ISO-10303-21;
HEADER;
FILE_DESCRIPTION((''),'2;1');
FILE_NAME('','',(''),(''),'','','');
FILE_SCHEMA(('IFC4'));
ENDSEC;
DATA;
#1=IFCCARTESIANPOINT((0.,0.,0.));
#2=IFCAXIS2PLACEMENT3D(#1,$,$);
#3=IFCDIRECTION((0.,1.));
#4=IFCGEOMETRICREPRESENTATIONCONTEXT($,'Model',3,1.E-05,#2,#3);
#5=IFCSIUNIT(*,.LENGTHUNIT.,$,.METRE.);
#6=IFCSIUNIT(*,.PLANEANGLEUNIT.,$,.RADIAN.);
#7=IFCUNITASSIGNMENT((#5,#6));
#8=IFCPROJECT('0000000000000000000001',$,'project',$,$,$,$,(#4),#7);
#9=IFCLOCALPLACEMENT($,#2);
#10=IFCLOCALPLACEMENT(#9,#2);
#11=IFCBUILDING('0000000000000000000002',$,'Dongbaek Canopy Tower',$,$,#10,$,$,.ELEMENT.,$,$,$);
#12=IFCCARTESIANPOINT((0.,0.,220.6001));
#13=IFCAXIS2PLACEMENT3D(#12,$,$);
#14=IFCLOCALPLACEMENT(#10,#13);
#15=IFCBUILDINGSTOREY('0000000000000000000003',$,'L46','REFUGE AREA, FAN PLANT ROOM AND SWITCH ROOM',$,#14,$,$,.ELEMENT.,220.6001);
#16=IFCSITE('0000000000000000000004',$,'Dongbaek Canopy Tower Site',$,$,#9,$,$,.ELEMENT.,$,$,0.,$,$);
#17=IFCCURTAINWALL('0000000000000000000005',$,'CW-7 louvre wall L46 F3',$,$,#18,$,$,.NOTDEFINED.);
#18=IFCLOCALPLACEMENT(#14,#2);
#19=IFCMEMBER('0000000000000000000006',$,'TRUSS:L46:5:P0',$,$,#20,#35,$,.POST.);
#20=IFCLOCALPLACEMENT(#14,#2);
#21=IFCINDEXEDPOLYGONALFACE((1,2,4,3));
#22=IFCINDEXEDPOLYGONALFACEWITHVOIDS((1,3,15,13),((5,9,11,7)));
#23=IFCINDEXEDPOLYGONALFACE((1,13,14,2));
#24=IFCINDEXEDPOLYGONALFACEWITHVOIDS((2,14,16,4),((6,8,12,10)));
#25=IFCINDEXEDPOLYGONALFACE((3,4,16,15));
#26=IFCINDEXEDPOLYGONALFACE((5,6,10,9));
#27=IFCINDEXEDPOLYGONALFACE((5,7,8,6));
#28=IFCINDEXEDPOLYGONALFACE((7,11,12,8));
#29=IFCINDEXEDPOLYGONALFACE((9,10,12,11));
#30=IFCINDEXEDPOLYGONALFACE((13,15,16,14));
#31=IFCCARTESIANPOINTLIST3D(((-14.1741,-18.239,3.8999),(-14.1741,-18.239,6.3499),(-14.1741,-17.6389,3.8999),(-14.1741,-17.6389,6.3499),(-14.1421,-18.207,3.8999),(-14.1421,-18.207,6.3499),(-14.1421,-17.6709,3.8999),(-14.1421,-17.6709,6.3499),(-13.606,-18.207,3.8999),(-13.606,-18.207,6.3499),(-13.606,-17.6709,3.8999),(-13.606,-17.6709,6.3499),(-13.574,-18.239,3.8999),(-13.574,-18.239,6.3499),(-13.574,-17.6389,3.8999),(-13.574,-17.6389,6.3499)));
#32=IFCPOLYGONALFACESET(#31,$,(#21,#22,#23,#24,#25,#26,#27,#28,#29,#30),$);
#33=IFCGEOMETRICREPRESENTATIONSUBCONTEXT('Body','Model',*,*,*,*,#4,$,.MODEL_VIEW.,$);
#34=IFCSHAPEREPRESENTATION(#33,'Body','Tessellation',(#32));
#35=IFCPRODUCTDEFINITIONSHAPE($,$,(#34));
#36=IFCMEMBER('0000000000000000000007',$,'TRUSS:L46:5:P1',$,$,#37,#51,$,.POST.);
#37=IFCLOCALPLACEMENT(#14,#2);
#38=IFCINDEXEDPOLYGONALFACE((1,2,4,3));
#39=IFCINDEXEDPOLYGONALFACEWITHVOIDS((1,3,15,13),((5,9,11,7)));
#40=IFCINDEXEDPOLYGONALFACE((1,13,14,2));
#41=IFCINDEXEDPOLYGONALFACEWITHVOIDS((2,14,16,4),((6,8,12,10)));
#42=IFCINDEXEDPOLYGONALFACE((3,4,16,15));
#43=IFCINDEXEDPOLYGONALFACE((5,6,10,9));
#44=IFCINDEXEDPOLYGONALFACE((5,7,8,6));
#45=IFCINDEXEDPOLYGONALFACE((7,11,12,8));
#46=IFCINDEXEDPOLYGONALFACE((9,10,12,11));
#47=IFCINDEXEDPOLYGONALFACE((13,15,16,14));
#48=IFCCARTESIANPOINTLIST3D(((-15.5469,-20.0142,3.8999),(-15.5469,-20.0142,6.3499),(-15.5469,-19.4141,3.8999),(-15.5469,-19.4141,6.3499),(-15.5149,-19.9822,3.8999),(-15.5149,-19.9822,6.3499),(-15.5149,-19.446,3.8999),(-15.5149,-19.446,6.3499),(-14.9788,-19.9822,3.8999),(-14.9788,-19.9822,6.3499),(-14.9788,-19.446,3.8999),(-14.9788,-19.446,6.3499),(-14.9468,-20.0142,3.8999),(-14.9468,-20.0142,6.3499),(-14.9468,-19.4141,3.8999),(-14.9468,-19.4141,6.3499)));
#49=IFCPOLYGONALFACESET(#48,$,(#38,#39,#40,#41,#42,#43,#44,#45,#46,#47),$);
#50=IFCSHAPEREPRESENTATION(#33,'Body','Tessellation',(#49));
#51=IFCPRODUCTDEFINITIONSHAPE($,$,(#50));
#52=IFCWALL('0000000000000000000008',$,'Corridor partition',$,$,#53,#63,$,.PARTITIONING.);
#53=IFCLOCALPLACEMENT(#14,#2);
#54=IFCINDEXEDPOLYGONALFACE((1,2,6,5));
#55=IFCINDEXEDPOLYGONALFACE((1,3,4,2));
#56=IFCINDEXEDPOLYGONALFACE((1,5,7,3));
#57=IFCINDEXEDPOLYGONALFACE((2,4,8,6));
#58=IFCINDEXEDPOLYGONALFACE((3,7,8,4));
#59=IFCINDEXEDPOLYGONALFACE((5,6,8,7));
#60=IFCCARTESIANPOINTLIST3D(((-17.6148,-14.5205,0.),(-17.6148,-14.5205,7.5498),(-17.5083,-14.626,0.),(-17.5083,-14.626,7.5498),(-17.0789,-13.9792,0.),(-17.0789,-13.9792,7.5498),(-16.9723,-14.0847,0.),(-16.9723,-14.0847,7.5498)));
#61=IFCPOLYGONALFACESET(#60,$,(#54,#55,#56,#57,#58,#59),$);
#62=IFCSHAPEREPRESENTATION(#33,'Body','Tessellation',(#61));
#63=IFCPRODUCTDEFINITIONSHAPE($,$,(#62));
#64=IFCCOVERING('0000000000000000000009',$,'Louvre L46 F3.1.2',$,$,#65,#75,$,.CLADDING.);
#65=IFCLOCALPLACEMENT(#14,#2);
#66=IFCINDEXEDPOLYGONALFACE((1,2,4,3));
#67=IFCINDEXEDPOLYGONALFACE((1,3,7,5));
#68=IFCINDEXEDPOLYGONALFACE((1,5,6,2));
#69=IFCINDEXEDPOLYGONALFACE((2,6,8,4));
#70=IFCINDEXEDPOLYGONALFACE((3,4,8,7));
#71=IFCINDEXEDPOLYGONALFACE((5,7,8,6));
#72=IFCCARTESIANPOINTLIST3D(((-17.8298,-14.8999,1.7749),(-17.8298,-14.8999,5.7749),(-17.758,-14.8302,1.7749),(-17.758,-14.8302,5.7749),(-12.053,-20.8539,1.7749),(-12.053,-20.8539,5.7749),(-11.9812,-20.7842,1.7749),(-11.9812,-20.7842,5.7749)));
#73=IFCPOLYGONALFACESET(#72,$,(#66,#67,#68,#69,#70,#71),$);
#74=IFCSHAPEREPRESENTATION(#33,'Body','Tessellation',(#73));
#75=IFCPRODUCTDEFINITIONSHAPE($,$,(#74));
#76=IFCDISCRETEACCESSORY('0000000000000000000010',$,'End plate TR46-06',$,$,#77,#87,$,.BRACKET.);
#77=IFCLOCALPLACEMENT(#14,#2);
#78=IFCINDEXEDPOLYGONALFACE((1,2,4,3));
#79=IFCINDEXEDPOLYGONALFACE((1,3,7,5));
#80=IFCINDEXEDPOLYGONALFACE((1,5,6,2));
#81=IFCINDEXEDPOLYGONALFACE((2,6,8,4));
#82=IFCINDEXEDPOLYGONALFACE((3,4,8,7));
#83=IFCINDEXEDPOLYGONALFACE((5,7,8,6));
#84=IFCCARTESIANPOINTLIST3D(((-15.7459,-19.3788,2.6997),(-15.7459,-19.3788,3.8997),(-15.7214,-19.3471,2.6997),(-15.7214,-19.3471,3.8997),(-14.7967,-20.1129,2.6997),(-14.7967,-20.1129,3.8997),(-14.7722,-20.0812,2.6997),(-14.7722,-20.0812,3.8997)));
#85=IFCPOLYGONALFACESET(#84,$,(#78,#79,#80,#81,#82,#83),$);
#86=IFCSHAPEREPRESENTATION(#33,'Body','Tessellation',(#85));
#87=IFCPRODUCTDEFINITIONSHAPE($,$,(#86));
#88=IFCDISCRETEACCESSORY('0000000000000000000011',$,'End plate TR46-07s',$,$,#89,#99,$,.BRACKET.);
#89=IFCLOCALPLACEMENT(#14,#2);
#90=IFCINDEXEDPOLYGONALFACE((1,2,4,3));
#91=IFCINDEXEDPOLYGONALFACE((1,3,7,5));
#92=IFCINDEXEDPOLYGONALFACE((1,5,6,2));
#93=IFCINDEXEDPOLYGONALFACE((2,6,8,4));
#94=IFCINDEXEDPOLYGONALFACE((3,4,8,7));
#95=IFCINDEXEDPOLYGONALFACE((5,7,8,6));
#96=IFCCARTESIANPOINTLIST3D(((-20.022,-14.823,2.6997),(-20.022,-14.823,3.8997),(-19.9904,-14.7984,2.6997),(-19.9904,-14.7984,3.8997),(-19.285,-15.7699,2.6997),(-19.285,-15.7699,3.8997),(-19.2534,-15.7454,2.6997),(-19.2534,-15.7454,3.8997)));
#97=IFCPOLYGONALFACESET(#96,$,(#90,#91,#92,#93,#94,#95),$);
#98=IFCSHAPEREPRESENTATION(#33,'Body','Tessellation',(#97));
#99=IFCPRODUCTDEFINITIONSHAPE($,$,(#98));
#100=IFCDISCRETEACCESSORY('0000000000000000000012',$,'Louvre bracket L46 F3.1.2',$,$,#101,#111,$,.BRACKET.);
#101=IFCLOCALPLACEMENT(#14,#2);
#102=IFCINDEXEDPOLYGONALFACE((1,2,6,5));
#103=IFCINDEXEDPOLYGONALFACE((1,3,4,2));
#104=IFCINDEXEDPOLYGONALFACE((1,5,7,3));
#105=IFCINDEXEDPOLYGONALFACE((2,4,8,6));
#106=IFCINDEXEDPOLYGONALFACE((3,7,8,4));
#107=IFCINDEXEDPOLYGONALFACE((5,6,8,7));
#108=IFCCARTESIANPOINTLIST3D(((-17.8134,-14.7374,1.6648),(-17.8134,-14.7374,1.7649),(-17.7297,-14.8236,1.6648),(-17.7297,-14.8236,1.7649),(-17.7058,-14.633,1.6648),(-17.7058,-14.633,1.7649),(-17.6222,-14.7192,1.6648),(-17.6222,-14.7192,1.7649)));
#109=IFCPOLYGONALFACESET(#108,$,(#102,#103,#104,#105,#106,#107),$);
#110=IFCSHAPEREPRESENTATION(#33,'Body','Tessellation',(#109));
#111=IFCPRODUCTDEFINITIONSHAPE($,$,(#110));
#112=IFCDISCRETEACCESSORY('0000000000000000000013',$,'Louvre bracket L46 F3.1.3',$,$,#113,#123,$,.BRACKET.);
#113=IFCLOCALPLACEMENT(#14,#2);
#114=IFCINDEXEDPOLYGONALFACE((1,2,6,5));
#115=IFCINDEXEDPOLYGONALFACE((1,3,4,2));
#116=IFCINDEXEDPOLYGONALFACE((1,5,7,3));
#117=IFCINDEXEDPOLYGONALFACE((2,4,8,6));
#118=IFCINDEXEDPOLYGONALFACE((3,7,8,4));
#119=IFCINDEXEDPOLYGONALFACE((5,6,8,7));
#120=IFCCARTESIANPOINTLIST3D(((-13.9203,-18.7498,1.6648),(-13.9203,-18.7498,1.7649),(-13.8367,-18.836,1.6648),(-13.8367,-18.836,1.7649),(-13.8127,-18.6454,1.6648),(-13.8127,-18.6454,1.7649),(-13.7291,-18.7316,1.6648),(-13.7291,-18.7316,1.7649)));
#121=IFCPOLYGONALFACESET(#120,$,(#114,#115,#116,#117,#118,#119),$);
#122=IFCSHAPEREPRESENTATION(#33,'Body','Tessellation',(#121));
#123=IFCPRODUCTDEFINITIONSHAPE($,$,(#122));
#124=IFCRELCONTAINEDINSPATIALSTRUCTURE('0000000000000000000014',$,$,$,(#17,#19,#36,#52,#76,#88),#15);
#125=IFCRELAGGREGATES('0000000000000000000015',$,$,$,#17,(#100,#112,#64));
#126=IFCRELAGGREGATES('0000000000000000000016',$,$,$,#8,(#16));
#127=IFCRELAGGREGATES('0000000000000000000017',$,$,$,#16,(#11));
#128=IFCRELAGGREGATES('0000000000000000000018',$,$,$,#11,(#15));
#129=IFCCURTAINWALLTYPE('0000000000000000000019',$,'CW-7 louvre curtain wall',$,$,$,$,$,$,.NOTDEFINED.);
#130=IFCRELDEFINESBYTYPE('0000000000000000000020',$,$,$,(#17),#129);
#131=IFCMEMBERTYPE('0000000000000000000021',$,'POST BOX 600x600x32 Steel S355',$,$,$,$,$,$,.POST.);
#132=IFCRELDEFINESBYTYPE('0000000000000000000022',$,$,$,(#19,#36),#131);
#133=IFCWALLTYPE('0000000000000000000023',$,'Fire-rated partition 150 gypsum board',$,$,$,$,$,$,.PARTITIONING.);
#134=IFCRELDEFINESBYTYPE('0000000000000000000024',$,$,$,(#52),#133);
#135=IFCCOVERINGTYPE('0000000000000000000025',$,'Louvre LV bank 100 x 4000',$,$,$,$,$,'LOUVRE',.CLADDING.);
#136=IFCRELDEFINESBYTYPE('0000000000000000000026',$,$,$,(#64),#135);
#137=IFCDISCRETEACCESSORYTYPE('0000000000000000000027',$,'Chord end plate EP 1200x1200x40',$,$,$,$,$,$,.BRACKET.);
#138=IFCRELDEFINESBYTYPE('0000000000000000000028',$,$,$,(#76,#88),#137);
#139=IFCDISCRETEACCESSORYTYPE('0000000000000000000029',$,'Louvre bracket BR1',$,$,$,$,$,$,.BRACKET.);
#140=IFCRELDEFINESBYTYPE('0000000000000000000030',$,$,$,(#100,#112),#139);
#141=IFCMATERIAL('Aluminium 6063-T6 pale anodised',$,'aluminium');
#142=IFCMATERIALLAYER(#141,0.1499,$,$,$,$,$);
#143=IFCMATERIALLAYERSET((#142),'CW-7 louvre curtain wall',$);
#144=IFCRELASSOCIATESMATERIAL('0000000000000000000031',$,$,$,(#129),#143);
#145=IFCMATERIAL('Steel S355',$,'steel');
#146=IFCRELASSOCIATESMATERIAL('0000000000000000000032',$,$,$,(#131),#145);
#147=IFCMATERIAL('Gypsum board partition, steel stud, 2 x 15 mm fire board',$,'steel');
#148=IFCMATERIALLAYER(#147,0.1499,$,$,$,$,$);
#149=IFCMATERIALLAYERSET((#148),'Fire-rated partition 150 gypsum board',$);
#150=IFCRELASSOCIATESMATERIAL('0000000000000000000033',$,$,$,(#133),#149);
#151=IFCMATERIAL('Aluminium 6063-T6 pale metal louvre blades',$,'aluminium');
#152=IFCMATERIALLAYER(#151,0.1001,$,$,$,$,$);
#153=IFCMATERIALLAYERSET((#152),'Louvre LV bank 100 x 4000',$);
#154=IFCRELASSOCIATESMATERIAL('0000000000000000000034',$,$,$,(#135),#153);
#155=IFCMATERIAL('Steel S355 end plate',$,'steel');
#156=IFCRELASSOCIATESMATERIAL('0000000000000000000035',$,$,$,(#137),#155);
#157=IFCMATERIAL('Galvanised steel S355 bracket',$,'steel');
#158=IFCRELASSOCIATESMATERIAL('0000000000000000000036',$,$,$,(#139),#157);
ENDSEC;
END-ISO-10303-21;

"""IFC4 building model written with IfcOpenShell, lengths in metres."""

from ifc_helpers import new_model, si_unit, direction, frame, frame_2d, origin, origin_2d, place, context, subcontext, project, spatial, rectangle, hollow_rectangle, extrude, material, layer, layer_set, material_profile, profile_set, type_object, element, aggregate, save


model = new_model("IFC4")

# Units and contexts
model_context = context("Model", 3, precision=1e-05, world=origin(), true_north=direction((0.0, 1.0)))
body_context = subcontext(model_context, "Body", "Model", "MODEL_VIEW")
ifc_project = project(units=[si_unit("LENGTHUNIT", "METRE"), si_unit("PLANEANGLEUNIT", "RADIAN")], contexts=[model_context])

# Site, building, storey
site_placement = place(None, origin())
site = spatial("IfcSite", under=ifc_project, at=site_placement, Name="Dongbaek Canopy Tower Site", CompositionType="ELEMENT", RefElevation=0.0)
building_placement = place(site_placement, origin())
building = spatial("IfcBuilding", under=site, at=building_placement, Name="Dongbaek Canopy Tower", CompositionType="ELEMENT")
storey_placement = place(building_placement, frame((0.0, 0.0, 220.6001)))
storey = spatial("IfcBuildingStorey", under=building, at=storey_placement, Name="L46", Description="REFUGE AREA, FAN PLANT ROOM AND SWITCH ROOM", CompositionType="ELEMENT", Elevation=220.6001)

# Curtain wall
ifc_material_1 = material(Name="Aluminium 6063-T6 pale anodised", Category="aluminium")
ifc_layer_1 = layer(ifc_material_1, 0.1499)
ifc_layer_set_1 = layer_set([ifc_layer_1], Name="CW-7 louvre curtain wall")
curtain_wall_type = type_object("IfcCurtainWallType", Name="CW-7 louvre curtain wall", PredefinedType="NOTDEFINED", material=ifc_layer_set_1)
curtain_wall_placement = place(storey_placement, origin())
curtain_wall = element("IfcCurtainWall", 1, at=curtain_wall_placement, inside=storey, type_object=curtain_wall_type, Name="CW-7 louvre wall L46 F3", PredefinedType="NOTDEFINED")

# Members
ifc_material_2 = material(Name="Steel S355", Category="steel")
ifc_material_profile_1 = material_profile(ifc_material_2, hollow_rectangle(XDim=0.6001, YDim=0.6001, WallThickness=0.032, at=origin_2d()), Name="POST BOX 600x600x32 Steel S355")
ifc_profile_set_1 = profile_set([ifc_material_profile_1], Name="Steel S355")
member_type_1 = type_object("IfcMemberType", Name="POST BOX 600x600x32 Steel S355", PredefinedType="POST", material=ifc_profile_set_1)
for number, where, z_axis, x_axis, name in (
    (2, (-13.874, -17.939, 3.8999), (0.0, 0.0, 1.0), (1.0, 0.0, 0.0), "TRUSS:L46:5:P0"),
    (3, (-15.2468, -19.7141, 3.8999), (0.0, 0.0, 1.0), (1.0, 0.0, 0.0), "TRUSS:L46:5:P1"),
):
    element("IfcMember", number, at=place(storey_placement, frame(where, z_axis=z_axis, x_axis=x_axis)), inside=storey, type_object=member_type_1, Name=name, PredefinedType="POST", context=body_context, shape_type="SweptSolid", body=[
        extrude(hollow_rectangle(XDim=0.6001, YDim=0.6001, WallThickness=0.032, at=origin_2d()), origin(), (0.0, 0.0, 1.0), 2.45),
    ])

# Wall
ifc_material_3 = material(Name="Gypsum board partition, steel stud, 2 x 15 mm fire board", Category="steel")
ifc_layer_2 = layer(ifc_material_3, 0.1499)
ifc_layer_set_2 = layer_set([ifc_layer_2], Name="Fire-rated partition 150 gypsum board")
wall_type = type_object("IfcWallType", Name="Fire-rated partition 150 gypsum board", PredefinedType="PARTITIONING", material=ifc_layer_set_2)
wall_placement = place(storey_placement, frame((-17.5615, -14.5732, 0.0), z_axis=(0.0, 0.0, 1.0), x_axis=(0.703572, 0.710624, 0.0)))
element("IfcWall", 4, at=wall_placement, inside=storey, type_object=wall_type, Name="Corridor partition", PredefinedType="PARTITIONING", context=body_context, shape_type="SweptSolid", body=[
    extrude(rectangle(XDim=0.7617, YDim=0.1499, at=frame_2d((0.3809, 0.0))), origin(), (0.0, 0.0, 1.0), 7.5498),
])

# Covering
ifc_material_4 = material(Name="Aluminium 6063-T6 pale metal louvre blades", Category="aluminium")
ifc_layer_3 = layer(ifc_material_4, 0.1001)
ifc_layer_set_3 = layer_set([ifc_layer_3], Name="Louvre LV bank 100 x 4000")
covering_type = type_object("IfcCoveringType", Name="Louvre LV bank 100 x 4000", ElementType="LOUVRE", PredefinedType="CLADDING", material=ifc_layer_set_3)
covering_placement = place(storey_placement, frame((-14.9055, -17.842, 1.7749), z_axis=(0.0, 0.0, 1.0), x_axis=(0.696344, -0.717708, 0.0)))
covering = element("IfcCovering", 5, at=covering_placement, type_object=covering_type, Name="Louvre L46 F3.1.2", PredefinedType="CLADDING", context=body_context, shape_type="SweptSolid", body=[
    extrude(rectangle(XDim=8.2959, YDim=0.1001, at=origin_2d()), origin(), (0.0, 0.0, 1.0), 4.0),
])

# Discrete accessories
ifc_material_5 = material(Name="Steel S355 end plate", Category="steel")
discrete_accessory_type_1 = type_object("IfcDiscreteAccessoryType", Name="Chord end plate EP 1200x1200x40", PredefinedType="BRACKET", material=ifc_material_5)
for number, where, z_axis, x_axis, name in (
    (6, (-15.259, -19.73, 2.6997), (0.0, 0.0, 1.0), (0.611781, 0.791027, 0.0), "End plate TR46-06"),
    (7, (-19.6377, -15.2842, 2.6997), (0.0, 0.0, 1.0), (0.789151, 0.6142, 0.0), "End plate TR46-07s"),
):
    element("IfcDiscreteAccessory", number, at=place(storey_placement, frame(where, z_axis=z_axis, x_axis=x_axis)), inside=storey, type_object=discrete_accessory_type_1, Name=name, PredefinedType="BRACKET", context=body_context, shape_type="SweptSolid", body=[
        extrude(rectangle(XDim=0.04, YDim=1.2, at=origin_2d()), origin(), (0.0, 0.0, 1.0), 1.2),
    ])

# Discrete accessories
ifc_material_6 = material(Name="Galvanised steel S355 bracket", Category="steel")
discrete_accessory_type_2 = type_object("IfcDiscreteAccessoryType", Name="Louvre bracket BR1", PredefinedType="BRACKET", material=ifc_material_6)
discrete_accessory_1_placement = place(storey_placement, frame((-17.7178, -14.7283, 1.6648), z_axis=(0.0, 0.0, 1.0), x_axis=(0.696344, -0.717708, 0.0)))
discrete_accessory_1 = element("IfcDiscreteAccessory", 8, at=discrete_accessory_1_placement, type_object=discrete_accessory_type_2, Name="Louvre bracket L46 F3.1.2", PredefinedType="BRACKET", context=body_context, shape_type="SweptSolid", body=[
    extrude(rectangle(XDim=0.1201, YDim=0.1499, at=origin_2d()), origin(), (0.0, 0.0, 1.0), 0.1001),
])
discrete_accessory_2_placement = place(storey_placement, frame((-13.8247, -18.7407, 1.6648), z_axis=(0.0, 0.0, 1.0), x_axis=(0.696344, -0.717708, 0.0)))
discrete_accessory_2 = element("IfcDiscreteAccessory", 9, at=discrete_accessory_2_placement, type_object=discrete_accessory_type_2, Name="Louvre bracket L46 F3.1.3", PredefinedType="BRACKET", context=body_context, shape_type="SweptSolid", body=[
    extrude(rectangle(XDim=0.1201, YDim=0.1499, at=origin_2d()), origin(), (0.0, 0.0, 1.0), 0.1001),
])
aggregate(curtain_wall, [discrete_accessory_1, discrete_accessory_2, covering])

save(model, "model.ifc")
